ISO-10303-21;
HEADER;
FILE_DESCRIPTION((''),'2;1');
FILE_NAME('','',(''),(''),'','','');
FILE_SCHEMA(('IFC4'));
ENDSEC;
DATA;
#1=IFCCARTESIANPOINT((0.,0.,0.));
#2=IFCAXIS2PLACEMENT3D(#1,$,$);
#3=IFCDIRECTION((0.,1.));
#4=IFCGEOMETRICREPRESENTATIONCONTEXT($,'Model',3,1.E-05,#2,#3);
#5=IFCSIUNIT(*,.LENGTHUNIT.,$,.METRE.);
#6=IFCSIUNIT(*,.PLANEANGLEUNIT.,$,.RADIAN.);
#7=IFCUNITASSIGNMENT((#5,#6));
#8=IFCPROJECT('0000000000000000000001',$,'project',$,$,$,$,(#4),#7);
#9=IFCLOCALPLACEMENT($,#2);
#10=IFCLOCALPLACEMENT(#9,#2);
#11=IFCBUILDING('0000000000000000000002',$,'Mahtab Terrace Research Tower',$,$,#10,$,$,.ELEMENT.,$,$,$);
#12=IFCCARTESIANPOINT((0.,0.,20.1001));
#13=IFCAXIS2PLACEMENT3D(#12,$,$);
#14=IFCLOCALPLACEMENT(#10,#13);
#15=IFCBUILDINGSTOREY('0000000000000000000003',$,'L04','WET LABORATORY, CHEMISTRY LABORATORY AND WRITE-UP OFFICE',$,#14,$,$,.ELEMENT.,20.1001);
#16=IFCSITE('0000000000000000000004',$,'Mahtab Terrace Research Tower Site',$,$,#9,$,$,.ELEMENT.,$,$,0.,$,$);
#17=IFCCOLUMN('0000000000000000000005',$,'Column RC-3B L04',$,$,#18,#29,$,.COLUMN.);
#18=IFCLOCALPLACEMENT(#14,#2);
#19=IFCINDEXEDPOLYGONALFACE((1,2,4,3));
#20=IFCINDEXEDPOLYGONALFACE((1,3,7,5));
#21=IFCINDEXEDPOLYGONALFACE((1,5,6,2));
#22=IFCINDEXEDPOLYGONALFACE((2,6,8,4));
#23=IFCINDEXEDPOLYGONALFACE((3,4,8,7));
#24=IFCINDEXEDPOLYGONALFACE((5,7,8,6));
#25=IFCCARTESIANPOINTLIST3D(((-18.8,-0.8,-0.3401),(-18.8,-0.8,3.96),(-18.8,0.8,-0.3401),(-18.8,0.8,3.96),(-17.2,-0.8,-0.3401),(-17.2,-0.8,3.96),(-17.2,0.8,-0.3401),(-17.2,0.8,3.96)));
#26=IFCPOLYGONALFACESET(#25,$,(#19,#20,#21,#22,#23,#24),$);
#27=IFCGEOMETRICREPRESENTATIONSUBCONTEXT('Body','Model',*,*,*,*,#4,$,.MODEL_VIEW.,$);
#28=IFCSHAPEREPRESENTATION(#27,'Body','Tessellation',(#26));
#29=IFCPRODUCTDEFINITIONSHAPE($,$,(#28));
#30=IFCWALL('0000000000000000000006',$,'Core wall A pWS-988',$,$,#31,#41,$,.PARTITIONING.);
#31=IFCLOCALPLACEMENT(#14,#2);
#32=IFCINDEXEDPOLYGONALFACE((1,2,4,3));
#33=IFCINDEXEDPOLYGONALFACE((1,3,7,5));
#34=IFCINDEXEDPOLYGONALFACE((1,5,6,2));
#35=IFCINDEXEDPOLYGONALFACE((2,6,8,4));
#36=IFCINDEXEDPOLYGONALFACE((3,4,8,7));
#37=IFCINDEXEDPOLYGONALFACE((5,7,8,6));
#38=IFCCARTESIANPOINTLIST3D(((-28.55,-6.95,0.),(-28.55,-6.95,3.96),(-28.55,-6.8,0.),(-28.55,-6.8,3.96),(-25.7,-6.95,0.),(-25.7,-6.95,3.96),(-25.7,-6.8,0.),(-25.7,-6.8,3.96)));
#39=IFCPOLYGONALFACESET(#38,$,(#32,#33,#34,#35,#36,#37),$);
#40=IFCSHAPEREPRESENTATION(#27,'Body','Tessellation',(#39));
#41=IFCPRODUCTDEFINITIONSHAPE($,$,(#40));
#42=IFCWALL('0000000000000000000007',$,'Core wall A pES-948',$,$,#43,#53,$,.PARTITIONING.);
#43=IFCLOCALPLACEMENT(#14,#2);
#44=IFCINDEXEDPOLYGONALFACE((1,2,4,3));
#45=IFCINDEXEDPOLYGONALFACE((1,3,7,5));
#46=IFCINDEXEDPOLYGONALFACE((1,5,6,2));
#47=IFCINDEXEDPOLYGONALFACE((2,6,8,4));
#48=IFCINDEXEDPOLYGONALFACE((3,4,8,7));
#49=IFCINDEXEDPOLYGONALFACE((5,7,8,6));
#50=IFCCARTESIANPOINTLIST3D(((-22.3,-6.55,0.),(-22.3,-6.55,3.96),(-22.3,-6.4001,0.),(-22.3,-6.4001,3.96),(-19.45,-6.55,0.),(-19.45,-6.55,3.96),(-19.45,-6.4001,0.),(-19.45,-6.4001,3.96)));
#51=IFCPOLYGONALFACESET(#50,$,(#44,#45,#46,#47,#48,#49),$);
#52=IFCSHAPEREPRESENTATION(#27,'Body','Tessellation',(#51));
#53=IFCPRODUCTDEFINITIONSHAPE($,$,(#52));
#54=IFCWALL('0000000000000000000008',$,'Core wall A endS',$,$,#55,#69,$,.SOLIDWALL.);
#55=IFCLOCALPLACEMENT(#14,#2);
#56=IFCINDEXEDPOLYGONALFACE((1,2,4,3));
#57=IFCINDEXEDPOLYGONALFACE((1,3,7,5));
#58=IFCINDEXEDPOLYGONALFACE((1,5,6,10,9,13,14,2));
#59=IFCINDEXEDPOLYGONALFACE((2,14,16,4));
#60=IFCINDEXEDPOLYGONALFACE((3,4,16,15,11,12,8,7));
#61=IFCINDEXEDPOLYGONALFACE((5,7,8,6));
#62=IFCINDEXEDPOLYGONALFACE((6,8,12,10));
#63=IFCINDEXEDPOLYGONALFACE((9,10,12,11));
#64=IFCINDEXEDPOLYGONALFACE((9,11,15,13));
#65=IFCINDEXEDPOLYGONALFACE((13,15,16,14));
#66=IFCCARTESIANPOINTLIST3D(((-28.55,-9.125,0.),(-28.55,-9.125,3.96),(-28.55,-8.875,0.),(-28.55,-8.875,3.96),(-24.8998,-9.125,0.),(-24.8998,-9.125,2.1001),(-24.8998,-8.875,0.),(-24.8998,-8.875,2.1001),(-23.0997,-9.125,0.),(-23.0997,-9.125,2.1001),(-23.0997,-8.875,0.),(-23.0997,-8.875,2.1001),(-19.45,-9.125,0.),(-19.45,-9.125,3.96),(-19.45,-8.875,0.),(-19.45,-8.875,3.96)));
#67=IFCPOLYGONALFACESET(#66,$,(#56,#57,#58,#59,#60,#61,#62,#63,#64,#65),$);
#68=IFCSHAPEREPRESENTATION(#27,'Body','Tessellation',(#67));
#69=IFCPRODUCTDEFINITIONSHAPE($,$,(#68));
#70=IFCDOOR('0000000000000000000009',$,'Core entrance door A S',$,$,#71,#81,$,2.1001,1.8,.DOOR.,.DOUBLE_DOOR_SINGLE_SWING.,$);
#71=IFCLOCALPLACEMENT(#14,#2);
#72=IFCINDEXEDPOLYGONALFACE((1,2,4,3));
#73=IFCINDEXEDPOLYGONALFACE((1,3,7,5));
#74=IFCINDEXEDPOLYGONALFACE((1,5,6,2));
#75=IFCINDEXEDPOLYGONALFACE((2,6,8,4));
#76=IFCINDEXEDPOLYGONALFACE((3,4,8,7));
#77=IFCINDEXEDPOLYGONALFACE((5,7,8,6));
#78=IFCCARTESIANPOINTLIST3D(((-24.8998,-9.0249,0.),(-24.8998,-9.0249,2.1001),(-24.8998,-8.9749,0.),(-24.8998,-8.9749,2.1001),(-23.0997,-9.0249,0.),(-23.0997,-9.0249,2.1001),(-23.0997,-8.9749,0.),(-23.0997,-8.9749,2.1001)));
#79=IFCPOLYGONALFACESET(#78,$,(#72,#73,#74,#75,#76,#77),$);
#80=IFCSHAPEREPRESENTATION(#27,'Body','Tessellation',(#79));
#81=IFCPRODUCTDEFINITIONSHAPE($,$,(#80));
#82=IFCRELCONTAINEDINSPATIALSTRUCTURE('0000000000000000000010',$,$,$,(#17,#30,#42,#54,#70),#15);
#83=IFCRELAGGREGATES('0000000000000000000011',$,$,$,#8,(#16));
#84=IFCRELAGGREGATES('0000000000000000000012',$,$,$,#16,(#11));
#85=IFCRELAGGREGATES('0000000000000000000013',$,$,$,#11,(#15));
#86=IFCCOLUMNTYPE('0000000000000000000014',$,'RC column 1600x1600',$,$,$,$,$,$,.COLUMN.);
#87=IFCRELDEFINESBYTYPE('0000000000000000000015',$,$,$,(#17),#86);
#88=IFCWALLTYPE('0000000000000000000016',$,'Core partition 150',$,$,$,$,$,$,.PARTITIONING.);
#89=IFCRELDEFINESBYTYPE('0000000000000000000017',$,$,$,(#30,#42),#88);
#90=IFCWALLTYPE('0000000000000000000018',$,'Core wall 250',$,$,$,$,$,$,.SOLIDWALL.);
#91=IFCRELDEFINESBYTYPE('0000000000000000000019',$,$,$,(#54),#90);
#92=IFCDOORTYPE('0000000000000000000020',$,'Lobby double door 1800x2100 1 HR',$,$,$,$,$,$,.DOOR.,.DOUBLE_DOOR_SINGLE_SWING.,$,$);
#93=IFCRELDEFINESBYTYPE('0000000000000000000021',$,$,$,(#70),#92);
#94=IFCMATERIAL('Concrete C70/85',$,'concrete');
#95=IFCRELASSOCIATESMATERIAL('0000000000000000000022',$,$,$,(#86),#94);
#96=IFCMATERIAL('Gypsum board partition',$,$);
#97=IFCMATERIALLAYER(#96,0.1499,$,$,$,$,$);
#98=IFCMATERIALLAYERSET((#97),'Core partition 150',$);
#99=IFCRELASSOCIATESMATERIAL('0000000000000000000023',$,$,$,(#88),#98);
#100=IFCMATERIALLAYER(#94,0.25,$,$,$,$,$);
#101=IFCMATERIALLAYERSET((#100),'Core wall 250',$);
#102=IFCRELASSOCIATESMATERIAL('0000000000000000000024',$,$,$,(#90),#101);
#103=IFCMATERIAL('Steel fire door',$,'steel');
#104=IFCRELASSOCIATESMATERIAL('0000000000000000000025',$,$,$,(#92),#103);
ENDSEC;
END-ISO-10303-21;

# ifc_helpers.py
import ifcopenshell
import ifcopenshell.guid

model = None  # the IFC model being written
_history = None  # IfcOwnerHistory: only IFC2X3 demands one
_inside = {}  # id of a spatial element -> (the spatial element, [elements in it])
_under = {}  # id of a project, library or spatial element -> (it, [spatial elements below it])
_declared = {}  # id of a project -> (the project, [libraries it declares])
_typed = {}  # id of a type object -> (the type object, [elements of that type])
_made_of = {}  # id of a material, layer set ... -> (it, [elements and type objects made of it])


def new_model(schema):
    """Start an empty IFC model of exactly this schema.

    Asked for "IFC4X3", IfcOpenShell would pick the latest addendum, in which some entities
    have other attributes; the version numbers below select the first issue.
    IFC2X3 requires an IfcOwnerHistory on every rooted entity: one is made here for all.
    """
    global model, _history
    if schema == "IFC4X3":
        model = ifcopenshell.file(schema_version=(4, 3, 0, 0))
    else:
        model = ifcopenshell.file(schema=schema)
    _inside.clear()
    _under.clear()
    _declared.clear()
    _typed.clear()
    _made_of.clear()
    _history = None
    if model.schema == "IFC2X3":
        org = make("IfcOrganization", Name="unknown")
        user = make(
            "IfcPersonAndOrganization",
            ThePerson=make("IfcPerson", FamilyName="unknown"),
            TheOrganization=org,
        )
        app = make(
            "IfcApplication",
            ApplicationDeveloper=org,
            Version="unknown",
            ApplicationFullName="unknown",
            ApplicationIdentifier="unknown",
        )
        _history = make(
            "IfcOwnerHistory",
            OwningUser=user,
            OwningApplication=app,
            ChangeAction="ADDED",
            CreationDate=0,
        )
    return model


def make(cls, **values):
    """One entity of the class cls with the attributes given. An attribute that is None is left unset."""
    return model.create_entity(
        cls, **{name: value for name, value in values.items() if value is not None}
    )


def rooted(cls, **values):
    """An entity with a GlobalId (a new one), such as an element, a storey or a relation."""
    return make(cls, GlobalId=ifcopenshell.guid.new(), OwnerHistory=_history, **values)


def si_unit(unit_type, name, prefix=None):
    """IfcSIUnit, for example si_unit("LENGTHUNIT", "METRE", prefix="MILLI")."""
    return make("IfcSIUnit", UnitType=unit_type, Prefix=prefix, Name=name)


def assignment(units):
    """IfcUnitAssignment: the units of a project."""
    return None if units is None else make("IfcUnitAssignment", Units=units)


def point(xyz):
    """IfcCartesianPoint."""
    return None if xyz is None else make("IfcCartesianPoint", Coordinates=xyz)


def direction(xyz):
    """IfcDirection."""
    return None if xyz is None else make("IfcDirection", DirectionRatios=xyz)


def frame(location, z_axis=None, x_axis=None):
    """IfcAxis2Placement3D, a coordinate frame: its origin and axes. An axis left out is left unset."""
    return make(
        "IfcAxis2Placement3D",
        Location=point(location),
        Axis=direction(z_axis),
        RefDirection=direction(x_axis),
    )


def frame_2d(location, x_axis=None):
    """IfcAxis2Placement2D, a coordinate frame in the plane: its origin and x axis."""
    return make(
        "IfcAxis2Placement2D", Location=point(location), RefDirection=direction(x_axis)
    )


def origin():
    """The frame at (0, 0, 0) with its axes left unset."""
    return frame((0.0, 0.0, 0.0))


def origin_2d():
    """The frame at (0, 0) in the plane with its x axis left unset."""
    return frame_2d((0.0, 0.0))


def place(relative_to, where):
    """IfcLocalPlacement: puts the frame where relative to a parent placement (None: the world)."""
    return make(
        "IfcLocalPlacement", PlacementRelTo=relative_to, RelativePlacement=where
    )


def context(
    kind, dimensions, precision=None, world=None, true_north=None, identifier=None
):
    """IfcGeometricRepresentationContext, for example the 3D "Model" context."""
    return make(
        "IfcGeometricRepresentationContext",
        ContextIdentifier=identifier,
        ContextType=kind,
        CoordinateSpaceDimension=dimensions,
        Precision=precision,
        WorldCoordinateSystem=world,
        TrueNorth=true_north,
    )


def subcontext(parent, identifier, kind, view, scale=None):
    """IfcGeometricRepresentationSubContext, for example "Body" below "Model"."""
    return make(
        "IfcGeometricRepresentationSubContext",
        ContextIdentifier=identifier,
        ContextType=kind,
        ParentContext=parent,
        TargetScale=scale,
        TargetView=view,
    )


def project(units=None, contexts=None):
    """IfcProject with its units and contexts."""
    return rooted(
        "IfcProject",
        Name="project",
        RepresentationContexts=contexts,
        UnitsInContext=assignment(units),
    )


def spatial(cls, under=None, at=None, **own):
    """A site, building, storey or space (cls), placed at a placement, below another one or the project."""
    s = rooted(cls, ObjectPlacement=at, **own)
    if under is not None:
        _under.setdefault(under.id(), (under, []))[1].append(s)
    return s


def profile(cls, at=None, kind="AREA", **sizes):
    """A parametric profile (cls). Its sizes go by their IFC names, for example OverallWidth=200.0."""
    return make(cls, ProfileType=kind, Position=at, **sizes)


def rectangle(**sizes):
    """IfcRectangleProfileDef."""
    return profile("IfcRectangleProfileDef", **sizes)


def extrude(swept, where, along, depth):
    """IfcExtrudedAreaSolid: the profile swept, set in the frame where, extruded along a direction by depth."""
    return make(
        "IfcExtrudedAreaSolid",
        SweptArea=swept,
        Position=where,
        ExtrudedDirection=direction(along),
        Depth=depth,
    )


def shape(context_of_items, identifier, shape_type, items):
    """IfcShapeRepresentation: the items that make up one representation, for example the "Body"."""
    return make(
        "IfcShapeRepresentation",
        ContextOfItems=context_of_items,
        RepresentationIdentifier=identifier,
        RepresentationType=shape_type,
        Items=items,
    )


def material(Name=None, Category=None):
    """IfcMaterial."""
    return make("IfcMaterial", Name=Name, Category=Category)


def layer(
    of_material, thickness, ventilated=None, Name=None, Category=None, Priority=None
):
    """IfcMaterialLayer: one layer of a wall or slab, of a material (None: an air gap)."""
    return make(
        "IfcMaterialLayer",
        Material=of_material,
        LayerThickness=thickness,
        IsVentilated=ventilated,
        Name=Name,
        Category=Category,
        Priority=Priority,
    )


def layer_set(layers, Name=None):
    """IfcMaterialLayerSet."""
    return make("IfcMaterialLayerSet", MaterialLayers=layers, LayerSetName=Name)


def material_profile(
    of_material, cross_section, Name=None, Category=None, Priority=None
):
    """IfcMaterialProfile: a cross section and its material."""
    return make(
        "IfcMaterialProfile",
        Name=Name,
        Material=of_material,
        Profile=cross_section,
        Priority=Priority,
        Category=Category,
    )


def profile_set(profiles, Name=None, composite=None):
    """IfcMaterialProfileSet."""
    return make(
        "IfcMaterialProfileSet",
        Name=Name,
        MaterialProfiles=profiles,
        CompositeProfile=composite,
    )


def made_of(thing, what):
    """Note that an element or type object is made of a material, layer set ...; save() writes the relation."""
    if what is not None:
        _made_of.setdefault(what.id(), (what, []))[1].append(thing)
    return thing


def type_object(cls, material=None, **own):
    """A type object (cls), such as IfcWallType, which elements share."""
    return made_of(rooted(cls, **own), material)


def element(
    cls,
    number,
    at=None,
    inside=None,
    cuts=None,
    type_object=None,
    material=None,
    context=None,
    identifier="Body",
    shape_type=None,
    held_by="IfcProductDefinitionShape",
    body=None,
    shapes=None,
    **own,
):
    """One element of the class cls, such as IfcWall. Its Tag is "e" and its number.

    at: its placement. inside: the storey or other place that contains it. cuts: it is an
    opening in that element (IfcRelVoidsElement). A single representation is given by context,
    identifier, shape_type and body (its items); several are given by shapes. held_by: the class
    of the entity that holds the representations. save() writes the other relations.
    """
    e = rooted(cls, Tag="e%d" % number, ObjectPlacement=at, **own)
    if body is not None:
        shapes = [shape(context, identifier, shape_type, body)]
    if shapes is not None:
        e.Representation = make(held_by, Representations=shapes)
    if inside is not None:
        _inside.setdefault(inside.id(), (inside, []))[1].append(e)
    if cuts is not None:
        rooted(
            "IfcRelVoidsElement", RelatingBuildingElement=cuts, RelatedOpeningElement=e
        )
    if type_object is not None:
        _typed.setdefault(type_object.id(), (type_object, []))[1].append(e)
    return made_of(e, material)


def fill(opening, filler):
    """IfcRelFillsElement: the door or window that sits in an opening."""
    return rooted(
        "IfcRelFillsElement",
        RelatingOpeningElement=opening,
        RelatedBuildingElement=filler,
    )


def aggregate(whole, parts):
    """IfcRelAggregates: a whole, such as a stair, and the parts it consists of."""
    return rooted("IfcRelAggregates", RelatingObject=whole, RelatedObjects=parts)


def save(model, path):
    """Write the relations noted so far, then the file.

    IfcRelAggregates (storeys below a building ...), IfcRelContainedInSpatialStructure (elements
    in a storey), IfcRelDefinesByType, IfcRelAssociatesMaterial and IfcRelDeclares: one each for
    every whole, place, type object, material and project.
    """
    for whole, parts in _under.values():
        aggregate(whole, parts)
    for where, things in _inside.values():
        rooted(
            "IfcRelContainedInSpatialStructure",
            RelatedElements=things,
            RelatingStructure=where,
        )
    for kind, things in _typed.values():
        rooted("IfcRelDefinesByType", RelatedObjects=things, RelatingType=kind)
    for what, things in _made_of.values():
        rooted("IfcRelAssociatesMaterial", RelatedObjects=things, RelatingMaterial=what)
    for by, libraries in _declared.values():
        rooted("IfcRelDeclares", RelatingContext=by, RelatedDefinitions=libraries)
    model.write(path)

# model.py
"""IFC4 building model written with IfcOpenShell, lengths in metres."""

from ifc_helpers import new_model, si_unit, direction, frame, frame_2d, origin, origin_2d, place, context, subcontext, project, spatial, rectangle, extrude, material, layer, layer_set, material_profile, profile_set, type_object, element, fill, save


model = new_model("IFC4")

# Units and contexts
model_context = context("Model", 3, precision=1e-05, world=origin(), true_north=direction((0.0, 1.0)))
body_context = subcontext(model_context, "Body", "Model", "MODEL_VIEW")
ifc_project = project(units=[si_unit("LENGTHUNIT", "METRE"), si_unit("PLANEANGLEUNIT", "RADIAN")], contexts=[model_context])

# Site, building, storey
site_placement = place(None, origin())
site = spatial("IfcSite", under=ifc_project, at=site_placement, Name="Mahtab Terrace Research Tower Site", CompositionType="ELEMENT", RefElevation=0.0)
building_placement = place(site_placement, origin())
building = spatial("IfcBuilding", under=site, at=building_placement, Name="Mahtab Terrace Research Tower", CompositionType="ELEMENT")
storey_placement = place(building_placement, frame((0.0, 0.0, 20.1001)))
storey = spatial("IfcBuildingStorey", under=building, at=storey_placement, Name="L04", Description="WET LABORATORY, CHEMISTRY LABORATORY AND WRITE-UP OFFICE", CompositionType="ELEMENT", Elevation=20.1001)

# Column
ifc_material_1 = material(Name="Concrete C70/85", Category="concrete")
ifc_material_profile = material_profile(ifc_material_1, rectangle(XDim=1.6001, YDim=1.6001, at=origin_2d()), Name="RC column 1600x1600")
ifc_profile_set = profile_set([ifc_material_profile], Name="Concrete C70/85")
column_type = type_object("IfcColumnType", Name="RC column 1600x1600", PredefinedType="COLUMN", material=ifc_profile_set)
column_placement = place(storey_placement, frame((-18.0, 0.0, -0.3401), z_axis=(0.0, 0.0, 1.0), x_axis=(1.0, 0.0, 0.0)))
element("IfcColumn", 1, at=column_placement, inside=storey, type_object=column_type, Name="Column RC-3B L04", PredefinedType="COLUMN", context=body_context, shape_type="SweptSolid", body=[
    extrude(rectangle(XDim=1.6001, YDim=1.6001, at=origin_2d()), origin(), (0.0, 0.0, 1.0), 4.3),
])

# Walls
ifc_material_2 = material(Name="Gypsum board partition")
ifc_layer_1 = layer(ifc_material_2, 0.1499)
ifc_layer_set_1 = layer_set([ifc_layer_1], Name="Core partition 150")
wall_type_1 = type_object("IfcWallType", Name="Core partition 150", PredefinedType="PARTITIONING", material=ifc_layer_set_1)
for number, where, z_axis, x_axis, name in (
    (2, (-28.55, -6.875, 0.0), (0.0, 0.0, 1.0), (1.0, 0.0, 0.0), "Core wall A pWS-988"),
    (3, (-22.3, -6.4751, 0.0), (0.0, 0.0, 1.0), (1.0, 0.0, 0.0), "Core wall A pES-948"),
):
    element("IfcWall", number, at=place(storey_placement, frame(where, z_axis=z_axis, x_axis=x_axis)), inside=storey, type_object=wall_type_1, Name=name, PredefinedType="PARTITIONING", context=body_context, shape_type="SweptSolid", body=[
        extrude(rectangle(XDim=2.8501, YDim=0.1499, at=frame_2d((1.425, 0.0))), origin(), (0.0, 0.0, 1.0), 3.96),
    ])

# Wall, opening, door
ifc_layer_2 = layer(ifc_material_1, 0.25)
ifc_layer_set_2 = layer_set([ifc_layer_2], Name="Core wall 250")
wall_type_2 = type_object("IfcWallType", Name="Core wall 250", PredefinedType="SOLIDWALL", material=ifc_layer_set_2)
wall_1_placement = place(storey_placement, frame((-19.45, -9.0, 0.0), z_axis=(0.0, 0.0, 1.0), x_axis=(-1.0, 0.0, 0.0)))
wall_1 = element("IfcWall", 4, at=wall_1_placement, inside=storey, type_object=wall_type_2, Name="Core wall A endS", PredefinedType="SOLIDWALL", context=body_context, shape_type="SweptSolid", body=[
    extrude(rectangle(XDim=9.1001, YDim=0.25, at=frame_2d((4.55, 0.0))), origin(), (0.0, 0.0, 1.0), 3.96),
])
opening_1_placement = place(wall_1_placement, frame((3.6499, 0.0, 0.0)))
opening_1 = element("IfcOpeningElement", 5, at=opening_1_placement, cuts=wall_1, PredefinedType="OPENING", context=body_context, shape_type="SweptSolid", body=[
    extrude(rectangle(XDim=1.8, YDim=2.1001, at=frame_2d((0.8999, 1.05))), frame((0.0, 0.135, 0.0), z_axis=(0.0, -1.0, 0.0), x_axis=(1.0, 0.0, 0.0)), (0.0, 0.0, 1.0), 0.27),
])
ifc_material_3 = material(Name="Steel fire door", Category="steel")
door_type_1 = type_object("IfcDoorType", Name="Lobby double door 1800x2100 1 HR", OperationType="DOUBLE_DOOR_SINGLE_SWING", PredefinedType="DOOR", material=ifc_material_3)
door_1_placement = place(opening_1_placement, origin())
door_1 = element("IfcDoor", 6, at=door_1_placement, inside=storey, type_object=door_type_1, Name="Core entrance door A S", OperationType="DOUBLE_DOOR_SINGLE_SWING", OverallHeight=2.1001, OverallWidth=1.8, PredefinedType="DOOR", context=body_context, shape_type="SweptSolid", body=[
    extrude(rectangle(XDim=1.8, YDim=2.1001, at=frame_2d((0.8999, 1.05))), frame((0.0, 0.0249, 0.0), z_axis=(0.0, -1.0, 0.0), x_axis=(1.0, 0.0, 0.0)), (0.0, 0.0, 1.0), 0.05),
])
fill(opening_1, door_1)

save(model, "model.ifc")
